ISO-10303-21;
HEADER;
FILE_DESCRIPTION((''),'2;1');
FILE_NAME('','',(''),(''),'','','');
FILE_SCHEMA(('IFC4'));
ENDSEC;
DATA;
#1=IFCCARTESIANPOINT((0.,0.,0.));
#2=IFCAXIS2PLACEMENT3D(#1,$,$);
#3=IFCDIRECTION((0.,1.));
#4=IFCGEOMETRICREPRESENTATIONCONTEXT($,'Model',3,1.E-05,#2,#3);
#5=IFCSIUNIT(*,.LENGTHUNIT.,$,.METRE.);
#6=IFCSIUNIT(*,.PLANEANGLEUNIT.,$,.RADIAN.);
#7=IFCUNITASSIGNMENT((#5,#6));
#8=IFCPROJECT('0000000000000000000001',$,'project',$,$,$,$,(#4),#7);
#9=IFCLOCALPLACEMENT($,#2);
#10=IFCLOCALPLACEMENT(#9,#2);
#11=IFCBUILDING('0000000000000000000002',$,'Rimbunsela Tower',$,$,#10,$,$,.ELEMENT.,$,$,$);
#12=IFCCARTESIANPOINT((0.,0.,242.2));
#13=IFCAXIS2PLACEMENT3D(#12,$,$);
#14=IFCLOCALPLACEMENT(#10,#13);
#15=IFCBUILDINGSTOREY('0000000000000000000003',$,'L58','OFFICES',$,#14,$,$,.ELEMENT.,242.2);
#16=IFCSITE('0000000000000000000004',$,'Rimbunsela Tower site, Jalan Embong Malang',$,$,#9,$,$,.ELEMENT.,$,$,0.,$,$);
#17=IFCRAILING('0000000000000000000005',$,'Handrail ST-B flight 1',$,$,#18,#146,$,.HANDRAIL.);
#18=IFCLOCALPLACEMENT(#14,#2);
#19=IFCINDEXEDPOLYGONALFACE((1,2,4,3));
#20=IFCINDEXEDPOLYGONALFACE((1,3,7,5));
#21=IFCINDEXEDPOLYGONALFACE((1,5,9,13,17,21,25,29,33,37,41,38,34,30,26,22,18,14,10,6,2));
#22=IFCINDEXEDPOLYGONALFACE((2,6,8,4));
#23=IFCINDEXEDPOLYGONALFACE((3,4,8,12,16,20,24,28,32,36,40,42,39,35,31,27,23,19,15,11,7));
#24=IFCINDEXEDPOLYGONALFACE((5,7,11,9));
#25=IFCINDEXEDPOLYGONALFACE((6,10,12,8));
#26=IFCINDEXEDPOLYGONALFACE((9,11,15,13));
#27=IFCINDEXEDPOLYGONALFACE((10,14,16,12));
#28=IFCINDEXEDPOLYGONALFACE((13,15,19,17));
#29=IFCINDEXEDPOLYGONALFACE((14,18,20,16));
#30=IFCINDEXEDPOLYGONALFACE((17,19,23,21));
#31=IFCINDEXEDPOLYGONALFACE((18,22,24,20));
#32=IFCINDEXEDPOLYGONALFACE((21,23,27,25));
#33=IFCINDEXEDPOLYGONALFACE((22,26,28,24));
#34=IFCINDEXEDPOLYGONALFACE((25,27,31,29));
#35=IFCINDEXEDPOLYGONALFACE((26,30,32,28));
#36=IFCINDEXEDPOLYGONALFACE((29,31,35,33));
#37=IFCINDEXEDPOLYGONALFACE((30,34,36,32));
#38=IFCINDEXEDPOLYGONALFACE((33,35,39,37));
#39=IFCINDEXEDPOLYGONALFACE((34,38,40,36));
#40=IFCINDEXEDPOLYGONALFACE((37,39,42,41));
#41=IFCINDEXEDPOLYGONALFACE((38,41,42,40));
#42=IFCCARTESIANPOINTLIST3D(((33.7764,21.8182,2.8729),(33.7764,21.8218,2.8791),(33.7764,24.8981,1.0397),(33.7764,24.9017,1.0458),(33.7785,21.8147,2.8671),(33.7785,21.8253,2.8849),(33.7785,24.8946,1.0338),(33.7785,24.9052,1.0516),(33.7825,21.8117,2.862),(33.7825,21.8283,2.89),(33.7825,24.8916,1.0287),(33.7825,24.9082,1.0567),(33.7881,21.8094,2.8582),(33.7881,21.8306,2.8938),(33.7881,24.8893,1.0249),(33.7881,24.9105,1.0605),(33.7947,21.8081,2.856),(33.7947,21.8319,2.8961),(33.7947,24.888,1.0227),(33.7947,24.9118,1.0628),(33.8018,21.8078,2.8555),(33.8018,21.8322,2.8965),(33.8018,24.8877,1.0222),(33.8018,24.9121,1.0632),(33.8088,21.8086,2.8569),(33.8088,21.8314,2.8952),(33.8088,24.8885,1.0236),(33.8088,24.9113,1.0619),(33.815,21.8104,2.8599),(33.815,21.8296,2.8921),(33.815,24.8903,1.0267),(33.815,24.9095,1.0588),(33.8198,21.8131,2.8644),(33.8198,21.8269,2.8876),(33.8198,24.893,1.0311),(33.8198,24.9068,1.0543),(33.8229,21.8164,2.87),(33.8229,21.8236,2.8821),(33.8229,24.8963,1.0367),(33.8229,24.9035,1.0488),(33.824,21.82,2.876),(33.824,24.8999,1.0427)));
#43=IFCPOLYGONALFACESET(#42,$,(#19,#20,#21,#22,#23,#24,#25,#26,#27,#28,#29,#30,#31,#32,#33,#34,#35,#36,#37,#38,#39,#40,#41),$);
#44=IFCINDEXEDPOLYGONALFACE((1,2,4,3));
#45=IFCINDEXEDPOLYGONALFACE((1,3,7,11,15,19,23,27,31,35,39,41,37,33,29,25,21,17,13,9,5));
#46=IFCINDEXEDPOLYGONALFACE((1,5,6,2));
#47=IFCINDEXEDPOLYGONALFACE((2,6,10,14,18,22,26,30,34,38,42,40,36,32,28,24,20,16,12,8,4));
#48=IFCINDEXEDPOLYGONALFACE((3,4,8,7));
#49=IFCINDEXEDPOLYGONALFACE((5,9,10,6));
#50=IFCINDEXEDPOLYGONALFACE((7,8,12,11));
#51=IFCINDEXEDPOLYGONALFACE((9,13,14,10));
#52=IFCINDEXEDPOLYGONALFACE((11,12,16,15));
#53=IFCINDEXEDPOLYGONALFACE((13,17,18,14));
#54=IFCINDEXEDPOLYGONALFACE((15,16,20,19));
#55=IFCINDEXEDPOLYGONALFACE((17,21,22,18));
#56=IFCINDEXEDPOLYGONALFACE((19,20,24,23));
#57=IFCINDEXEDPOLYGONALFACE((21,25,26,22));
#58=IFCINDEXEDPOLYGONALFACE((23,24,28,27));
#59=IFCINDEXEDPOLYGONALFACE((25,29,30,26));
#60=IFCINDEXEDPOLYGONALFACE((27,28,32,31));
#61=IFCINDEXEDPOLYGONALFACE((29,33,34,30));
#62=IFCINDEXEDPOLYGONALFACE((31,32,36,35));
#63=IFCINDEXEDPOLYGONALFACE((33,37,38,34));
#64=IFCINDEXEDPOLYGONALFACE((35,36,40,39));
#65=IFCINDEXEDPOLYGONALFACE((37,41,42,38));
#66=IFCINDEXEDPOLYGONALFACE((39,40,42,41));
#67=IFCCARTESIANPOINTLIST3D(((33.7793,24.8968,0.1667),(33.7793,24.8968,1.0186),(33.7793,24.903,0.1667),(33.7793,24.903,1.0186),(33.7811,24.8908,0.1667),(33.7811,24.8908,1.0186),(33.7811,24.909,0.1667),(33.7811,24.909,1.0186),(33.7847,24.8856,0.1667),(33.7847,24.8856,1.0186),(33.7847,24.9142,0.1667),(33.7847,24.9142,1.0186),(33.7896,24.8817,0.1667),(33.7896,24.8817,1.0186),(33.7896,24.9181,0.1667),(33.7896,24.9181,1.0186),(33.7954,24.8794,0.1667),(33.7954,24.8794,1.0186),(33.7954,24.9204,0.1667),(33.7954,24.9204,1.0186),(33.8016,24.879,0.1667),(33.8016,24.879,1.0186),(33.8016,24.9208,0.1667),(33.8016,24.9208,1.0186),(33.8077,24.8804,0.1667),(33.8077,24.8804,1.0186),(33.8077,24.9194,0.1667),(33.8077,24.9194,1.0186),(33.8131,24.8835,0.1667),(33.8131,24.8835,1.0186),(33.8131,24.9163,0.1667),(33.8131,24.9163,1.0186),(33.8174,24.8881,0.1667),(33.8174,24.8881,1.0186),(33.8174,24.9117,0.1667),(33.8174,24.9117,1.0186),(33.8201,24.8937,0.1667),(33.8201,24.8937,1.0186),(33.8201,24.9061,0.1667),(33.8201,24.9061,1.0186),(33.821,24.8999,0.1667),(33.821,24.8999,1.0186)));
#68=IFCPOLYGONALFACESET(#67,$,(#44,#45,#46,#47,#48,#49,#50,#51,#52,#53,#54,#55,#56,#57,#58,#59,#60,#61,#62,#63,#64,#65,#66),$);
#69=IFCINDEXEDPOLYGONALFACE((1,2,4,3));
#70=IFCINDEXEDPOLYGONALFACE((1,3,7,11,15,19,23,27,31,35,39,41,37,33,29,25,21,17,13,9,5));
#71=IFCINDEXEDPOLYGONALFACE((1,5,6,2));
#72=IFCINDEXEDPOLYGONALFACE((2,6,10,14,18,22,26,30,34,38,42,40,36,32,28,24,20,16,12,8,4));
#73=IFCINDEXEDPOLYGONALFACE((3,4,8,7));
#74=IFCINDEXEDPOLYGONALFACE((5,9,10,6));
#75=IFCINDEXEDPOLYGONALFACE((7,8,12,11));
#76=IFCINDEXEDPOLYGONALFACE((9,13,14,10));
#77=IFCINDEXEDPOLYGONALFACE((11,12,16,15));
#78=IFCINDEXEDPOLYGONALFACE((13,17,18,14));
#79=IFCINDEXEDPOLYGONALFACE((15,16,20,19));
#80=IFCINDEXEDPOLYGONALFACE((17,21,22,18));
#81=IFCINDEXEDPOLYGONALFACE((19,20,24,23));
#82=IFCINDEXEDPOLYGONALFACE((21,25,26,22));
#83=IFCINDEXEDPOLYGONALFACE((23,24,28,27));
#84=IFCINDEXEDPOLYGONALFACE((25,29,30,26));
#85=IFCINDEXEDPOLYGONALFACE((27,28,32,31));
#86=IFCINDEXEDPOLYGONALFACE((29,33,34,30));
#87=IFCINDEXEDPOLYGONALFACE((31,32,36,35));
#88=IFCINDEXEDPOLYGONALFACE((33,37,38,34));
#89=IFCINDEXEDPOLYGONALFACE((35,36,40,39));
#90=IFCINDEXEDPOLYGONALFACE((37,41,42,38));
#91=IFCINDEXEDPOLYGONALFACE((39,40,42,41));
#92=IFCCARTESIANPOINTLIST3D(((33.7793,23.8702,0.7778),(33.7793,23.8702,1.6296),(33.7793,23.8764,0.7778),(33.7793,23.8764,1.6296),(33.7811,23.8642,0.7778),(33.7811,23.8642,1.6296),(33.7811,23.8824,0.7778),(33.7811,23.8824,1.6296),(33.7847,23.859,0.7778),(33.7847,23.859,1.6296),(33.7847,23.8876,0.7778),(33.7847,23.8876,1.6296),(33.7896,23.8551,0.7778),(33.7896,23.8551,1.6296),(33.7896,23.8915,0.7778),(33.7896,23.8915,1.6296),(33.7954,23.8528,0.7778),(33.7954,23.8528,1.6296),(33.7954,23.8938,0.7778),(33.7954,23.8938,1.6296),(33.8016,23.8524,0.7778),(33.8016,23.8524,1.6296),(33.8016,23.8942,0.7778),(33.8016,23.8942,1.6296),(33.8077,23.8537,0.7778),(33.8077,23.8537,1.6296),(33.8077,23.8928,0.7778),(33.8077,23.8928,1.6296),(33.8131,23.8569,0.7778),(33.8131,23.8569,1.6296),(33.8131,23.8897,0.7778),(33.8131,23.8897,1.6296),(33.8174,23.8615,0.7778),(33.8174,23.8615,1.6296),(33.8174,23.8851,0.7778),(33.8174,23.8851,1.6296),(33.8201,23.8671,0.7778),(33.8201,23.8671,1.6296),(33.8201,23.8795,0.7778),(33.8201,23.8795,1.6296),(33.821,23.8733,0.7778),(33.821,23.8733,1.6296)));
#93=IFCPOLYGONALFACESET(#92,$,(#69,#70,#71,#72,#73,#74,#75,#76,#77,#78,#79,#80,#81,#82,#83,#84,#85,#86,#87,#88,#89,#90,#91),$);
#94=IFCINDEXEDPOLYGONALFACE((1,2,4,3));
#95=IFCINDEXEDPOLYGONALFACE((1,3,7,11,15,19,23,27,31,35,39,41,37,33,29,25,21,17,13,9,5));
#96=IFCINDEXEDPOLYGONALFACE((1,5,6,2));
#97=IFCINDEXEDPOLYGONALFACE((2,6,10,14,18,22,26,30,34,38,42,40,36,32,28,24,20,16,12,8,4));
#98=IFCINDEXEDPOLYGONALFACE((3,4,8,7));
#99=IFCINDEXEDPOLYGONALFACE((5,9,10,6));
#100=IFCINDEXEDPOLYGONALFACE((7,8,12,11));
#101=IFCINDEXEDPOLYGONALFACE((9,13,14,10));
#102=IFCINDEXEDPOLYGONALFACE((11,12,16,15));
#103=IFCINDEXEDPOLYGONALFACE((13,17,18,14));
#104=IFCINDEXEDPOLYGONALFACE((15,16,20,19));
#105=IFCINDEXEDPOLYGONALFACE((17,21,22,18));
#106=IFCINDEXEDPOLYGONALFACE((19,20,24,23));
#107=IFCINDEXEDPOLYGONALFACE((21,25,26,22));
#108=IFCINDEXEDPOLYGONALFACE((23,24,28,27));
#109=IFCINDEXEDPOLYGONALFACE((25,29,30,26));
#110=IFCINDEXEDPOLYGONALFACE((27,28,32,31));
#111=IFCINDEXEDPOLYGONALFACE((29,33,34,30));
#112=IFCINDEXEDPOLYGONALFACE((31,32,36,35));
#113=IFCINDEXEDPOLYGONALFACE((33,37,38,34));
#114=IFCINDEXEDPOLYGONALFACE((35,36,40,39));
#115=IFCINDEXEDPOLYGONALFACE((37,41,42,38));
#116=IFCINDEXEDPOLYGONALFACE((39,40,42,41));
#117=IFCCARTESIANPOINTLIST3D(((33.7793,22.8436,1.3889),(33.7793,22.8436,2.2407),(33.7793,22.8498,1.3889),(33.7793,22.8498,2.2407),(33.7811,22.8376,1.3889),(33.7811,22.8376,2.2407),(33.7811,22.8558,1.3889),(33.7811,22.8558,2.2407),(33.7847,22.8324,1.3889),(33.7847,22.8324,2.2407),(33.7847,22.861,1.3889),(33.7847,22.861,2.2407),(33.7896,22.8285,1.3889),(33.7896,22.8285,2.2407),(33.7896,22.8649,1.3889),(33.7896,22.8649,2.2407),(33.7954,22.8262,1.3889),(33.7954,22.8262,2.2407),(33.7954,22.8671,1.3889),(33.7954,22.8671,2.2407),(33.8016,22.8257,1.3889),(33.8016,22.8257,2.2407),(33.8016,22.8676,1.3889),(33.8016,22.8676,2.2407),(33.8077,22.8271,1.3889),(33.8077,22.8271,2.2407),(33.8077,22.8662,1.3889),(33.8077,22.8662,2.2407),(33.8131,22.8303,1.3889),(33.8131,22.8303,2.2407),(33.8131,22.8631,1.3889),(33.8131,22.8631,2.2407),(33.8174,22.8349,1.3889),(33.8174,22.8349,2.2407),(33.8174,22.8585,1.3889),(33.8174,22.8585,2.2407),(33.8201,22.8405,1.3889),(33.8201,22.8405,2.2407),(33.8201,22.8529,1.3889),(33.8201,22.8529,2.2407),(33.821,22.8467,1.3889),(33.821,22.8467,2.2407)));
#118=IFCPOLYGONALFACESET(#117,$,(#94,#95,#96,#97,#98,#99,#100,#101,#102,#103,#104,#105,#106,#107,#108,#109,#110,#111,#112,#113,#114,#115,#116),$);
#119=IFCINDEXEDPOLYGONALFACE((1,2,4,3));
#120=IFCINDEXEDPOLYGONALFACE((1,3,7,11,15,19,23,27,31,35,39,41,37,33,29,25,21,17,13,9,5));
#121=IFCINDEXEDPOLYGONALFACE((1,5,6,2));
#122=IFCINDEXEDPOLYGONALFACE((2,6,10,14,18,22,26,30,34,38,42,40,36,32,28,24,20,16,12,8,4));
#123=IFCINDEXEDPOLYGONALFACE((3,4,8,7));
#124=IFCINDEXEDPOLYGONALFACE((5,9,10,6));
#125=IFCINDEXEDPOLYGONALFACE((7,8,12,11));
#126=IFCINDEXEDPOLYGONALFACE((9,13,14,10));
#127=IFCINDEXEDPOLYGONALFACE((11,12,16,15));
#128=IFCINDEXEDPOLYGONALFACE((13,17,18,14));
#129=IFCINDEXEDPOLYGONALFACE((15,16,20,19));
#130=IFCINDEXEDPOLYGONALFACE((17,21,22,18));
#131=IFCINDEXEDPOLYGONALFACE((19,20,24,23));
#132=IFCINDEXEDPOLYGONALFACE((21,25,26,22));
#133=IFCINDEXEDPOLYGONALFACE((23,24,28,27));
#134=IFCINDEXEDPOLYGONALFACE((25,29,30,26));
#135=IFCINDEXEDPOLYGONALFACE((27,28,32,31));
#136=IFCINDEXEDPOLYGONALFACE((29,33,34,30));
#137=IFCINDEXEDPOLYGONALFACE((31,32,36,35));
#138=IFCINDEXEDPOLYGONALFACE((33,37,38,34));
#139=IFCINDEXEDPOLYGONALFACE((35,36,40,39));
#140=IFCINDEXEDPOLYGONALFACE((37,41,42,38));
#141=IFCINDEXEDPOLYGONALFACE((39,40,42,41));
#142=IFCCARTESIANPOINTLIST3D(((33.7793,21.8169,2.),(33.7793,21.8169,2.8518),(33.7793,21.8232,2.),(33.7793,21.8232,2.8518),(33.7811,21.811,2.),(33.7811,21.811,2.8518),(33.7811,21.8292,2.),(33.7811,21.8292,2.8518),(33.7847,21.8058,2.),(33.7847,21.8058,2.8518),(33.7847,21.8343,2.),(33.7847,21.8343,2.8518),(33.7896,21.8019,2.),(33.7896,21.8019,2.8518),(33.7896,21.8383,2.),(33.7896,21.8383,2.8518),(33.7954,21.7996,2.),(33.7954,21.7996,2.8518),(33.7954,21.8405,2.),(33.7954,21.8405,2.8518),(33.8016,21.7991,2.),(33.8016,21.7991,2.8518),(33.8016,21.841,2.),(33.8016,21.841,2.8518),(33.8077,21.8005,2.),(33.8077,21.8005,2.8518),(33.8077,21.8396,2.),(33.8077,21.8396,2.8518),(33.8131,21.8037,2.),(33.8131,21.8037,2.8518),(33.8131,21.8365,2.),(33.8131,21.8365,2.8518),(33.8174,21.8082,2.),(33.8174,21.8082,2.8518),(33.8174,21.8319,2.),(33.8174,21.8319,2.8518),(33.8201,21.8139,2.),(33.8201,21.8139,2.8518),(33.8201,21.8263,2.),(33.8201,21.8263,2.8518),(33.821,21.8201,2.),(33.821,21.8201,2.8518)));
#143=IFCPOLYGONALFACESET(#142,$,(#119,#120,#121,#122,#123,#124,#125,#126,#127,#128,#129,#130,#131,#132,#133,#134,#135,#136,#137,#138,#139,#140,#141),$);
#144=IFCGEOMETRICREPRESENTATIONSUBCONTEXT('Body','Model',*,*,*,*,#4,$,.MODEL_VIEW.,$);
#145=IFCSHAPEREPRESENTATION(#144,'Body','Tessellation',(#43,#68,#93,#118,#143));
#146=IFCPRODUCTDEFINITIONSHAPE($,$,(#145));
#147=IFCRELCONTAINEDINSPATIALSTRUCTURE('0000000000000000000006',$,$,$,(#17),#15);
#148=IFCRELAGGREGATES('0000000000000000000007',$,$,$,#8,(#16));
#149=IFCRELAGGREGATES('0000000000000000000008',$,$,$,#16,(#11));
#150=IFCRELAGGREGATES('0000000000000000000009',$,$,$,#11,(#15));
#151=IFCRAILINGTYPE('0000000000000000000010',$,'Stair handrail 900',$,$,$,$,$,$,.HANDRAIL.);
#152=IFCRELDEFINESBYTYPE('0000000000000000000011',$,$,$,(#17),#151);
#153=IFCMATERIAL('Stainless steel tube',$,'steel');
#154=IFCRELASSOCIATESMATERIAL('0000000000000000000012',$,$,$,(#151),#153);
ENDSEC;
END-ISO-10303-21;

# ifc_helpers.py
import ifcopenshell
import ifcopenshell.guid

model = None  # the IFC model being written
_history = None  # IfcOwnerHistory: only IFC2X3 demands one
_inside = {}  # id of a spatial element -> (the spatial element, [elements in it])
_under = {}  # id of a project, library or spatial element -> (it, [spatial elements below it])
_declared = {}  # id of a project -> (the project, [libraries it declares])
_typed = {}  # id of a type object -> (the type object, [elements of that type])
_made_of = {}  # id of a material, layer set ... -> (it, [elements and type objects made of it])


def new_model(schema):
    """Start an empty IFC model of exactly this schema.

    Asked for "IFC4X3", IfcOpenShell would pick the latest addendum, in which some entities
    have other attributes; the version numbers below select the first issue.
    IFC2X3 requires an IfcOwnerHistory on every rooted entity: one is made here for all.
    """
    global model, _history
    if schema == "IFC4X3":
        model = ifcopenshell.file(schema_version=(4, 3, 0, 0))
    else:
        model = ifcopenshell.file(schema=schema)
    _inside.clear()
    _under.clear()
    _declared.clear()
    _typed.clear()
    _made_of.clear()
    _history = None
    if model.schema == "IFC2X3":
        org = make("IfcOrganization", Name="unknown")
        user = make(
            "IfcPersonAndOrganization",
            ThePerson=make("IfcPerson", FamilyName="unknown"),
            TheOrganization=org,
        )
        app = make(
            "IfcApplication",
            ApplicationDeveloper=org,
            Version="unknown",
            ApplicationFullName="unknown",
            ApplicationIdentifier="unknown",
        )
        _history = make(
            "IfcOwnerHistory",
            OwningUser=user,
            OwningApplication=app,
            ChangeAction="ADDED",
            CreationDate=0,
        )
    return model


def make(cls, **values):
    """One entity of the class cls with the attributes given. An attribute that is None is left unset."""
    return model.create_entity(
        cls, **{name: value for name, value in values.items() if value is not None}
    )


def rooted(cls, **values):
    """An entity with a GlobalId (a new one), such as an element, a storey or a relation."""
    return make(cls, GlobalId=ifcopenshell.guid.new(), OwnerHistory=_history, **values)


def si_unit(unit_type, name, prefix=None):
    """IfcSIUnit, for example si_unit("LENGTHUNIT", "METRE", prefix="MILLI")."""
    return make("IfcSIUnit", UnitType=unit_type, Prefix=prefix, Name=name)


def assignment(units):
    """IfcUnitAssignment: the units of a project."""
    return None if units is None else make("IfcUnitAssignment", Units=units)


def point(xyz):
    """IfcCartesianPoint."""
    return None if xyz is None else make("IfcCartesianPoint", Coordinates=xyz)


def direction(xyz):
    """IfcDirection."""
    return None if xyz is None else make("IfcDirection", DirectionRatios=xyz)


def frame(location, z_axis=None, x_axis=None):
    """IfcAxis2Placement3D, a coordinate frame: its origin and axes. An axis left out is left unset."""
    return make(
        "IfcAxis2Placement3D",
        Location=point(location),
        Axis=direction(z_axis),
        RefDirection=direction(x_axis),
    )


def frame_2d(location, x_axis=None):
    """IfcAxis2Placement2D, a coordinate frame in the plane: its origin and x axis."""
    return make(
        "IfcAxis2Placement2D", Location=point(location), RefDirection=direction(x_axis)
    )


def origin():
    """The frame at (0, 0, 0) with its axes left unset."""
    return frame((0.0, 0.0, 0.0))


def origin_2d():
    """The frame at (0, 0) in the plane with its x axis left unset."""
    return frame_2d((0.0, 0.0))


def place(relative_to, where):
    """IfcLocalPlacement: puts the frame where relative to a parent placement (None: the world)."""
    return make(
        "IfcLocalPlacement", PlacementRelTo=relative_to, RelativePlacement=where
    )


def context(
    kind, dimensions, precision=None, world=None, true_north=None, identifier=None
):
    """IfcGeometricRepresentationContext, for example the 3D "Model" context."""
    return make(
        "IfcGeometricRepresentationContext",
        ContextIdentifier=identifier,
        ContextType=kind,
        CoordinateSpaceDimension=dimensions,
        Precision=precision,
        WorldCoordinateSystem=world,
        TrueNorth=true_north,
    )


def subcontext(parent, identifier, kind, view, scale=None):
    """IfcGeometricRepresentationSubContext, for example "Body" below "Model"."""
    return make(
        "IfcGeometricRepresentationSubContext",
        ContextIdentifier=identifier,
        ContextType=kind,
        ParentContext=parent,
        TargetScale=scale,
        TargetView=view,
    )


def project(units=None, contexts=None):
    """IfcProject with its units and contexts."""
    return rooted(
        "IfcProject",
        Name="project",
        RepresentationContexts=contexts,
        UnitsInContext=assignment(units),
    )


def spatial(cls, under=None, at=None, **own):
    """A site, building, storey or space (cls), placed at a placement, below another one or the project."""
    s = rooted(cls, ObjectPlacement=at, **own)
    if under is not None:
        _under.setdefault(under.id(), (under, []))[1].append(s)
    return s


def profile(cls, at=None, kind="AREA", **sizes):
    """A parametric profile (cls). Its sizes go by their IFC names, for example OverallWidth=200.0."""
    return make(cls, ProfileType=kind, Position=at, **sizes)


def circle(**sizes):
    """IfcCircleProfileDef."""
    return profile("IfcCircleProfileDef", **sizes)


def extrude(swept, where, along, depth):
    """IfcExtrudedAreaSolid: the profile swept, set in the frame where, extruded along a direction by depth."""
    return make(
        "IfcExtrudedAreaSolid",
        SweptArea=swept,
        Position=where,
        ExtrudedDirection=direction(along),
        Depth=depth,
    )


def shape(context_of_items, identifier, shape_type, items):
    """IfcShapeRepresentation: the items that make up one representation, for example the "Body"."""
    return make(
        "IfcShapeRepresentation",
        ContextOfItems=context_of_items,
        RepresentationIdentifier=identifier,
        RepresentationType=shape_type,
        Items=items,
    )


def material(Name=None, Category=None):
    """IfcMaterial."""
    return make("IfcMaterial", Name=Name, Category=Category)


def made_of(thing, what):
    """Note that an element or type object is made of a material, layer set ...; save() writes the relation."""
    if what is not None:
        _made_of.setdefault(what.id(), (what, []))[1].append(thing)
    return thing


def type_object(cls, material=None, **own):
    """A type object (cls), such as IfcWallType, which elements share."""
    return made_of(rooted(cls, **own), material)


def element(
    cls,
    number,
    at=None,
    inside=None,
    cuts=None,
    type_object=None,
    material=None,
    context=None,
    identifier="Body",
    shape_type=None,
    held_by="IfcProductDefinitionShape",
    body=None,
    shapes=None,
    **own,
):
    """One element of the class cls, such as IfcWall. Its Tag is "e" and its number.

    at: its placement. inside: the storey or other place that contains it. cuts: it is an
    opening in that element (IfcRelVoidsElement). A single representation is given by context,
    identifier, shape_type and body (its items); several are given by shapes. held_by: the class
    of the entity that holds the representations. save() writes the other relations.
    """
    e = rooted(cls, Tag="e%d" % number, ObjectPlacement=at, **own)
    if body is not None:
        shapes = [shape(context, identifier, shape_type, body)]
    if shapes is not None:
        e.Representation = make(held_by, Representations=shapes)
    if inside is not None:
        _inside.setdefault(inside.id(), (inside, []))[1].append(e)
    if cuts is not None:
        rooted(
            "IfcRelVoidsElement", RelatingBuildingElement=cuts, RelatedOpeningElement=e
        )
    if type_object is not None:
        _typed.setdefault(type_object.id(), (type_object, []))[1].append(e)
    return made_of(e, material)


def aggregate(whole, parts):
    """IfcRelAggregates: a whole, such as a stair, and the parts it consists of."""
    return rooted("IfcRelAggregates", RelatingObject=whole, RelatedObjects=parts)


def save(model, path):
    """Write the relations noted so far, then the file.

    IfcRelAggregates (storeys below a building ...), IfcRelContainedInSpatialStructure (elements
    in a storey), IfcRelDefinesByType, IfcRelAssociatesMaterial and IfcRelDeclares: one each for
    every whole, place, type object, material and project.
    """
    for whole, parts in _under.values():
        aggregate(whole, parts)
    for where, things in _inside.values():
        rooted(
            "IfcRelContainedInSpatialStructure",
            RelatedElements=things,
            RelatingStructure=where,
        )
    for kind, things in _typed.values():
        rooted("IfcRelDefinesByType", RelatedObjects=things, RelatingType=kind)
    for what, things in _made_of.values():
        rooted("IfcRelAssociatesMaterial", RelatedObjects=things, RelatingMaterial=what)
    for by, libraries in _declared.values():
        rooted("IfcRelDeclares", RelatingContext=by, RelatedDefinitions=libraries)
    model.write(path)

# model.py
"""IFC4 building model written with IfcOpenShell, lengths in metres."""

from ifc_helpers import new_model, si_unit, direction, frame, origin, origin_2d, place, context, subcontext, project, spatial, circle, extrude, material, type_object, element, save


model = new_model("IFC4")

# Units and contexts
model_context = context("Model", 3, precision=1e-05, world=origin(), true_north=direction((0.0, 1.0)))
body_context = subcontext(model_context, "Body", "Model", "MODEL_VIEW")
ifc_project = project(units=[si_unit("LENGTHUNIT", "METRE"), si_unit("PLANEANGLEUNIT", "RADIAN")], contexts=[model_context])

# Site, building, storey
site_placement = place(None, origin())
site = spatial("IfcSite", under=ifc_project, at=site_placement, Name="Rimbunsela Tower site, Jalan Embong Malang", CompositionType="ELEMENT", RefElevation=0.0)
building_placement = place(site_placement, origin())
building = spatial("IfcBuilding", under=site, at=building_placement, Name="Rimbunsela Tower", CompositionType="ELEMENT")
storey_placement = place(building_placement, frame((0.0, 0.0, 242.2)))
storey = spatial("IfcBuildingStorey", under=building, at=storey_placement, Name="L58", Description="OFFICES", CompositionType="ELEMENT", Elevation=242.2)

# Railing
ifc_material_1 = material(Name="Stainless steel tube", Category="steel")
railing_type = type_object("IfcRailingType", Name="Stair handrail 900", PredefinedType="HANDRAIL", material=ifc_material_1)
railing_placement = place(storey_placement, frame((33.8, 24.8999, 0.1667)))
element("IfcRailing", 1, at=railing_placement, inside=storey, type_object=railing_type, Name="Handrail ST-B flight 1", PredefinedType="HANDRAIL", context=body_context, shape_type="SweptSolid", body=[
    extrude(circle(Radius=0.0239, at=origin_2d()), frame((0.0, 0.0, 0.876), z_axis=(0.0, -0.859291, 0.511487), x_axis=(1.0, 0.0, 0.0)), (0.0, 0.0, 1.0), 3.5842),
    extrude(circle(Radius=0.021, at=origin_2d()), origin(), (0.0, 0.0, 1.0), 0.8518),
    extrude(circle(Radius=0.021, at=origin_2d()), frame((0.0, -1.0266, 0.6111)), (0.0, 0.0, 1.0), 0.8518),
    extrude(circle(Radius=0.021, at=origin_2d()), frame((0.0, -2.0532, 1.2222)), (0.0, 0.0, 1.0), 0.8518),
    extrude(circle(Radius=0.021, at=origin_2d()), frame((0.0, -3.0798, 1.8333)), (0.0, 0.0, 1.0), 0.8518),
])

save(model, "model.ifc")
